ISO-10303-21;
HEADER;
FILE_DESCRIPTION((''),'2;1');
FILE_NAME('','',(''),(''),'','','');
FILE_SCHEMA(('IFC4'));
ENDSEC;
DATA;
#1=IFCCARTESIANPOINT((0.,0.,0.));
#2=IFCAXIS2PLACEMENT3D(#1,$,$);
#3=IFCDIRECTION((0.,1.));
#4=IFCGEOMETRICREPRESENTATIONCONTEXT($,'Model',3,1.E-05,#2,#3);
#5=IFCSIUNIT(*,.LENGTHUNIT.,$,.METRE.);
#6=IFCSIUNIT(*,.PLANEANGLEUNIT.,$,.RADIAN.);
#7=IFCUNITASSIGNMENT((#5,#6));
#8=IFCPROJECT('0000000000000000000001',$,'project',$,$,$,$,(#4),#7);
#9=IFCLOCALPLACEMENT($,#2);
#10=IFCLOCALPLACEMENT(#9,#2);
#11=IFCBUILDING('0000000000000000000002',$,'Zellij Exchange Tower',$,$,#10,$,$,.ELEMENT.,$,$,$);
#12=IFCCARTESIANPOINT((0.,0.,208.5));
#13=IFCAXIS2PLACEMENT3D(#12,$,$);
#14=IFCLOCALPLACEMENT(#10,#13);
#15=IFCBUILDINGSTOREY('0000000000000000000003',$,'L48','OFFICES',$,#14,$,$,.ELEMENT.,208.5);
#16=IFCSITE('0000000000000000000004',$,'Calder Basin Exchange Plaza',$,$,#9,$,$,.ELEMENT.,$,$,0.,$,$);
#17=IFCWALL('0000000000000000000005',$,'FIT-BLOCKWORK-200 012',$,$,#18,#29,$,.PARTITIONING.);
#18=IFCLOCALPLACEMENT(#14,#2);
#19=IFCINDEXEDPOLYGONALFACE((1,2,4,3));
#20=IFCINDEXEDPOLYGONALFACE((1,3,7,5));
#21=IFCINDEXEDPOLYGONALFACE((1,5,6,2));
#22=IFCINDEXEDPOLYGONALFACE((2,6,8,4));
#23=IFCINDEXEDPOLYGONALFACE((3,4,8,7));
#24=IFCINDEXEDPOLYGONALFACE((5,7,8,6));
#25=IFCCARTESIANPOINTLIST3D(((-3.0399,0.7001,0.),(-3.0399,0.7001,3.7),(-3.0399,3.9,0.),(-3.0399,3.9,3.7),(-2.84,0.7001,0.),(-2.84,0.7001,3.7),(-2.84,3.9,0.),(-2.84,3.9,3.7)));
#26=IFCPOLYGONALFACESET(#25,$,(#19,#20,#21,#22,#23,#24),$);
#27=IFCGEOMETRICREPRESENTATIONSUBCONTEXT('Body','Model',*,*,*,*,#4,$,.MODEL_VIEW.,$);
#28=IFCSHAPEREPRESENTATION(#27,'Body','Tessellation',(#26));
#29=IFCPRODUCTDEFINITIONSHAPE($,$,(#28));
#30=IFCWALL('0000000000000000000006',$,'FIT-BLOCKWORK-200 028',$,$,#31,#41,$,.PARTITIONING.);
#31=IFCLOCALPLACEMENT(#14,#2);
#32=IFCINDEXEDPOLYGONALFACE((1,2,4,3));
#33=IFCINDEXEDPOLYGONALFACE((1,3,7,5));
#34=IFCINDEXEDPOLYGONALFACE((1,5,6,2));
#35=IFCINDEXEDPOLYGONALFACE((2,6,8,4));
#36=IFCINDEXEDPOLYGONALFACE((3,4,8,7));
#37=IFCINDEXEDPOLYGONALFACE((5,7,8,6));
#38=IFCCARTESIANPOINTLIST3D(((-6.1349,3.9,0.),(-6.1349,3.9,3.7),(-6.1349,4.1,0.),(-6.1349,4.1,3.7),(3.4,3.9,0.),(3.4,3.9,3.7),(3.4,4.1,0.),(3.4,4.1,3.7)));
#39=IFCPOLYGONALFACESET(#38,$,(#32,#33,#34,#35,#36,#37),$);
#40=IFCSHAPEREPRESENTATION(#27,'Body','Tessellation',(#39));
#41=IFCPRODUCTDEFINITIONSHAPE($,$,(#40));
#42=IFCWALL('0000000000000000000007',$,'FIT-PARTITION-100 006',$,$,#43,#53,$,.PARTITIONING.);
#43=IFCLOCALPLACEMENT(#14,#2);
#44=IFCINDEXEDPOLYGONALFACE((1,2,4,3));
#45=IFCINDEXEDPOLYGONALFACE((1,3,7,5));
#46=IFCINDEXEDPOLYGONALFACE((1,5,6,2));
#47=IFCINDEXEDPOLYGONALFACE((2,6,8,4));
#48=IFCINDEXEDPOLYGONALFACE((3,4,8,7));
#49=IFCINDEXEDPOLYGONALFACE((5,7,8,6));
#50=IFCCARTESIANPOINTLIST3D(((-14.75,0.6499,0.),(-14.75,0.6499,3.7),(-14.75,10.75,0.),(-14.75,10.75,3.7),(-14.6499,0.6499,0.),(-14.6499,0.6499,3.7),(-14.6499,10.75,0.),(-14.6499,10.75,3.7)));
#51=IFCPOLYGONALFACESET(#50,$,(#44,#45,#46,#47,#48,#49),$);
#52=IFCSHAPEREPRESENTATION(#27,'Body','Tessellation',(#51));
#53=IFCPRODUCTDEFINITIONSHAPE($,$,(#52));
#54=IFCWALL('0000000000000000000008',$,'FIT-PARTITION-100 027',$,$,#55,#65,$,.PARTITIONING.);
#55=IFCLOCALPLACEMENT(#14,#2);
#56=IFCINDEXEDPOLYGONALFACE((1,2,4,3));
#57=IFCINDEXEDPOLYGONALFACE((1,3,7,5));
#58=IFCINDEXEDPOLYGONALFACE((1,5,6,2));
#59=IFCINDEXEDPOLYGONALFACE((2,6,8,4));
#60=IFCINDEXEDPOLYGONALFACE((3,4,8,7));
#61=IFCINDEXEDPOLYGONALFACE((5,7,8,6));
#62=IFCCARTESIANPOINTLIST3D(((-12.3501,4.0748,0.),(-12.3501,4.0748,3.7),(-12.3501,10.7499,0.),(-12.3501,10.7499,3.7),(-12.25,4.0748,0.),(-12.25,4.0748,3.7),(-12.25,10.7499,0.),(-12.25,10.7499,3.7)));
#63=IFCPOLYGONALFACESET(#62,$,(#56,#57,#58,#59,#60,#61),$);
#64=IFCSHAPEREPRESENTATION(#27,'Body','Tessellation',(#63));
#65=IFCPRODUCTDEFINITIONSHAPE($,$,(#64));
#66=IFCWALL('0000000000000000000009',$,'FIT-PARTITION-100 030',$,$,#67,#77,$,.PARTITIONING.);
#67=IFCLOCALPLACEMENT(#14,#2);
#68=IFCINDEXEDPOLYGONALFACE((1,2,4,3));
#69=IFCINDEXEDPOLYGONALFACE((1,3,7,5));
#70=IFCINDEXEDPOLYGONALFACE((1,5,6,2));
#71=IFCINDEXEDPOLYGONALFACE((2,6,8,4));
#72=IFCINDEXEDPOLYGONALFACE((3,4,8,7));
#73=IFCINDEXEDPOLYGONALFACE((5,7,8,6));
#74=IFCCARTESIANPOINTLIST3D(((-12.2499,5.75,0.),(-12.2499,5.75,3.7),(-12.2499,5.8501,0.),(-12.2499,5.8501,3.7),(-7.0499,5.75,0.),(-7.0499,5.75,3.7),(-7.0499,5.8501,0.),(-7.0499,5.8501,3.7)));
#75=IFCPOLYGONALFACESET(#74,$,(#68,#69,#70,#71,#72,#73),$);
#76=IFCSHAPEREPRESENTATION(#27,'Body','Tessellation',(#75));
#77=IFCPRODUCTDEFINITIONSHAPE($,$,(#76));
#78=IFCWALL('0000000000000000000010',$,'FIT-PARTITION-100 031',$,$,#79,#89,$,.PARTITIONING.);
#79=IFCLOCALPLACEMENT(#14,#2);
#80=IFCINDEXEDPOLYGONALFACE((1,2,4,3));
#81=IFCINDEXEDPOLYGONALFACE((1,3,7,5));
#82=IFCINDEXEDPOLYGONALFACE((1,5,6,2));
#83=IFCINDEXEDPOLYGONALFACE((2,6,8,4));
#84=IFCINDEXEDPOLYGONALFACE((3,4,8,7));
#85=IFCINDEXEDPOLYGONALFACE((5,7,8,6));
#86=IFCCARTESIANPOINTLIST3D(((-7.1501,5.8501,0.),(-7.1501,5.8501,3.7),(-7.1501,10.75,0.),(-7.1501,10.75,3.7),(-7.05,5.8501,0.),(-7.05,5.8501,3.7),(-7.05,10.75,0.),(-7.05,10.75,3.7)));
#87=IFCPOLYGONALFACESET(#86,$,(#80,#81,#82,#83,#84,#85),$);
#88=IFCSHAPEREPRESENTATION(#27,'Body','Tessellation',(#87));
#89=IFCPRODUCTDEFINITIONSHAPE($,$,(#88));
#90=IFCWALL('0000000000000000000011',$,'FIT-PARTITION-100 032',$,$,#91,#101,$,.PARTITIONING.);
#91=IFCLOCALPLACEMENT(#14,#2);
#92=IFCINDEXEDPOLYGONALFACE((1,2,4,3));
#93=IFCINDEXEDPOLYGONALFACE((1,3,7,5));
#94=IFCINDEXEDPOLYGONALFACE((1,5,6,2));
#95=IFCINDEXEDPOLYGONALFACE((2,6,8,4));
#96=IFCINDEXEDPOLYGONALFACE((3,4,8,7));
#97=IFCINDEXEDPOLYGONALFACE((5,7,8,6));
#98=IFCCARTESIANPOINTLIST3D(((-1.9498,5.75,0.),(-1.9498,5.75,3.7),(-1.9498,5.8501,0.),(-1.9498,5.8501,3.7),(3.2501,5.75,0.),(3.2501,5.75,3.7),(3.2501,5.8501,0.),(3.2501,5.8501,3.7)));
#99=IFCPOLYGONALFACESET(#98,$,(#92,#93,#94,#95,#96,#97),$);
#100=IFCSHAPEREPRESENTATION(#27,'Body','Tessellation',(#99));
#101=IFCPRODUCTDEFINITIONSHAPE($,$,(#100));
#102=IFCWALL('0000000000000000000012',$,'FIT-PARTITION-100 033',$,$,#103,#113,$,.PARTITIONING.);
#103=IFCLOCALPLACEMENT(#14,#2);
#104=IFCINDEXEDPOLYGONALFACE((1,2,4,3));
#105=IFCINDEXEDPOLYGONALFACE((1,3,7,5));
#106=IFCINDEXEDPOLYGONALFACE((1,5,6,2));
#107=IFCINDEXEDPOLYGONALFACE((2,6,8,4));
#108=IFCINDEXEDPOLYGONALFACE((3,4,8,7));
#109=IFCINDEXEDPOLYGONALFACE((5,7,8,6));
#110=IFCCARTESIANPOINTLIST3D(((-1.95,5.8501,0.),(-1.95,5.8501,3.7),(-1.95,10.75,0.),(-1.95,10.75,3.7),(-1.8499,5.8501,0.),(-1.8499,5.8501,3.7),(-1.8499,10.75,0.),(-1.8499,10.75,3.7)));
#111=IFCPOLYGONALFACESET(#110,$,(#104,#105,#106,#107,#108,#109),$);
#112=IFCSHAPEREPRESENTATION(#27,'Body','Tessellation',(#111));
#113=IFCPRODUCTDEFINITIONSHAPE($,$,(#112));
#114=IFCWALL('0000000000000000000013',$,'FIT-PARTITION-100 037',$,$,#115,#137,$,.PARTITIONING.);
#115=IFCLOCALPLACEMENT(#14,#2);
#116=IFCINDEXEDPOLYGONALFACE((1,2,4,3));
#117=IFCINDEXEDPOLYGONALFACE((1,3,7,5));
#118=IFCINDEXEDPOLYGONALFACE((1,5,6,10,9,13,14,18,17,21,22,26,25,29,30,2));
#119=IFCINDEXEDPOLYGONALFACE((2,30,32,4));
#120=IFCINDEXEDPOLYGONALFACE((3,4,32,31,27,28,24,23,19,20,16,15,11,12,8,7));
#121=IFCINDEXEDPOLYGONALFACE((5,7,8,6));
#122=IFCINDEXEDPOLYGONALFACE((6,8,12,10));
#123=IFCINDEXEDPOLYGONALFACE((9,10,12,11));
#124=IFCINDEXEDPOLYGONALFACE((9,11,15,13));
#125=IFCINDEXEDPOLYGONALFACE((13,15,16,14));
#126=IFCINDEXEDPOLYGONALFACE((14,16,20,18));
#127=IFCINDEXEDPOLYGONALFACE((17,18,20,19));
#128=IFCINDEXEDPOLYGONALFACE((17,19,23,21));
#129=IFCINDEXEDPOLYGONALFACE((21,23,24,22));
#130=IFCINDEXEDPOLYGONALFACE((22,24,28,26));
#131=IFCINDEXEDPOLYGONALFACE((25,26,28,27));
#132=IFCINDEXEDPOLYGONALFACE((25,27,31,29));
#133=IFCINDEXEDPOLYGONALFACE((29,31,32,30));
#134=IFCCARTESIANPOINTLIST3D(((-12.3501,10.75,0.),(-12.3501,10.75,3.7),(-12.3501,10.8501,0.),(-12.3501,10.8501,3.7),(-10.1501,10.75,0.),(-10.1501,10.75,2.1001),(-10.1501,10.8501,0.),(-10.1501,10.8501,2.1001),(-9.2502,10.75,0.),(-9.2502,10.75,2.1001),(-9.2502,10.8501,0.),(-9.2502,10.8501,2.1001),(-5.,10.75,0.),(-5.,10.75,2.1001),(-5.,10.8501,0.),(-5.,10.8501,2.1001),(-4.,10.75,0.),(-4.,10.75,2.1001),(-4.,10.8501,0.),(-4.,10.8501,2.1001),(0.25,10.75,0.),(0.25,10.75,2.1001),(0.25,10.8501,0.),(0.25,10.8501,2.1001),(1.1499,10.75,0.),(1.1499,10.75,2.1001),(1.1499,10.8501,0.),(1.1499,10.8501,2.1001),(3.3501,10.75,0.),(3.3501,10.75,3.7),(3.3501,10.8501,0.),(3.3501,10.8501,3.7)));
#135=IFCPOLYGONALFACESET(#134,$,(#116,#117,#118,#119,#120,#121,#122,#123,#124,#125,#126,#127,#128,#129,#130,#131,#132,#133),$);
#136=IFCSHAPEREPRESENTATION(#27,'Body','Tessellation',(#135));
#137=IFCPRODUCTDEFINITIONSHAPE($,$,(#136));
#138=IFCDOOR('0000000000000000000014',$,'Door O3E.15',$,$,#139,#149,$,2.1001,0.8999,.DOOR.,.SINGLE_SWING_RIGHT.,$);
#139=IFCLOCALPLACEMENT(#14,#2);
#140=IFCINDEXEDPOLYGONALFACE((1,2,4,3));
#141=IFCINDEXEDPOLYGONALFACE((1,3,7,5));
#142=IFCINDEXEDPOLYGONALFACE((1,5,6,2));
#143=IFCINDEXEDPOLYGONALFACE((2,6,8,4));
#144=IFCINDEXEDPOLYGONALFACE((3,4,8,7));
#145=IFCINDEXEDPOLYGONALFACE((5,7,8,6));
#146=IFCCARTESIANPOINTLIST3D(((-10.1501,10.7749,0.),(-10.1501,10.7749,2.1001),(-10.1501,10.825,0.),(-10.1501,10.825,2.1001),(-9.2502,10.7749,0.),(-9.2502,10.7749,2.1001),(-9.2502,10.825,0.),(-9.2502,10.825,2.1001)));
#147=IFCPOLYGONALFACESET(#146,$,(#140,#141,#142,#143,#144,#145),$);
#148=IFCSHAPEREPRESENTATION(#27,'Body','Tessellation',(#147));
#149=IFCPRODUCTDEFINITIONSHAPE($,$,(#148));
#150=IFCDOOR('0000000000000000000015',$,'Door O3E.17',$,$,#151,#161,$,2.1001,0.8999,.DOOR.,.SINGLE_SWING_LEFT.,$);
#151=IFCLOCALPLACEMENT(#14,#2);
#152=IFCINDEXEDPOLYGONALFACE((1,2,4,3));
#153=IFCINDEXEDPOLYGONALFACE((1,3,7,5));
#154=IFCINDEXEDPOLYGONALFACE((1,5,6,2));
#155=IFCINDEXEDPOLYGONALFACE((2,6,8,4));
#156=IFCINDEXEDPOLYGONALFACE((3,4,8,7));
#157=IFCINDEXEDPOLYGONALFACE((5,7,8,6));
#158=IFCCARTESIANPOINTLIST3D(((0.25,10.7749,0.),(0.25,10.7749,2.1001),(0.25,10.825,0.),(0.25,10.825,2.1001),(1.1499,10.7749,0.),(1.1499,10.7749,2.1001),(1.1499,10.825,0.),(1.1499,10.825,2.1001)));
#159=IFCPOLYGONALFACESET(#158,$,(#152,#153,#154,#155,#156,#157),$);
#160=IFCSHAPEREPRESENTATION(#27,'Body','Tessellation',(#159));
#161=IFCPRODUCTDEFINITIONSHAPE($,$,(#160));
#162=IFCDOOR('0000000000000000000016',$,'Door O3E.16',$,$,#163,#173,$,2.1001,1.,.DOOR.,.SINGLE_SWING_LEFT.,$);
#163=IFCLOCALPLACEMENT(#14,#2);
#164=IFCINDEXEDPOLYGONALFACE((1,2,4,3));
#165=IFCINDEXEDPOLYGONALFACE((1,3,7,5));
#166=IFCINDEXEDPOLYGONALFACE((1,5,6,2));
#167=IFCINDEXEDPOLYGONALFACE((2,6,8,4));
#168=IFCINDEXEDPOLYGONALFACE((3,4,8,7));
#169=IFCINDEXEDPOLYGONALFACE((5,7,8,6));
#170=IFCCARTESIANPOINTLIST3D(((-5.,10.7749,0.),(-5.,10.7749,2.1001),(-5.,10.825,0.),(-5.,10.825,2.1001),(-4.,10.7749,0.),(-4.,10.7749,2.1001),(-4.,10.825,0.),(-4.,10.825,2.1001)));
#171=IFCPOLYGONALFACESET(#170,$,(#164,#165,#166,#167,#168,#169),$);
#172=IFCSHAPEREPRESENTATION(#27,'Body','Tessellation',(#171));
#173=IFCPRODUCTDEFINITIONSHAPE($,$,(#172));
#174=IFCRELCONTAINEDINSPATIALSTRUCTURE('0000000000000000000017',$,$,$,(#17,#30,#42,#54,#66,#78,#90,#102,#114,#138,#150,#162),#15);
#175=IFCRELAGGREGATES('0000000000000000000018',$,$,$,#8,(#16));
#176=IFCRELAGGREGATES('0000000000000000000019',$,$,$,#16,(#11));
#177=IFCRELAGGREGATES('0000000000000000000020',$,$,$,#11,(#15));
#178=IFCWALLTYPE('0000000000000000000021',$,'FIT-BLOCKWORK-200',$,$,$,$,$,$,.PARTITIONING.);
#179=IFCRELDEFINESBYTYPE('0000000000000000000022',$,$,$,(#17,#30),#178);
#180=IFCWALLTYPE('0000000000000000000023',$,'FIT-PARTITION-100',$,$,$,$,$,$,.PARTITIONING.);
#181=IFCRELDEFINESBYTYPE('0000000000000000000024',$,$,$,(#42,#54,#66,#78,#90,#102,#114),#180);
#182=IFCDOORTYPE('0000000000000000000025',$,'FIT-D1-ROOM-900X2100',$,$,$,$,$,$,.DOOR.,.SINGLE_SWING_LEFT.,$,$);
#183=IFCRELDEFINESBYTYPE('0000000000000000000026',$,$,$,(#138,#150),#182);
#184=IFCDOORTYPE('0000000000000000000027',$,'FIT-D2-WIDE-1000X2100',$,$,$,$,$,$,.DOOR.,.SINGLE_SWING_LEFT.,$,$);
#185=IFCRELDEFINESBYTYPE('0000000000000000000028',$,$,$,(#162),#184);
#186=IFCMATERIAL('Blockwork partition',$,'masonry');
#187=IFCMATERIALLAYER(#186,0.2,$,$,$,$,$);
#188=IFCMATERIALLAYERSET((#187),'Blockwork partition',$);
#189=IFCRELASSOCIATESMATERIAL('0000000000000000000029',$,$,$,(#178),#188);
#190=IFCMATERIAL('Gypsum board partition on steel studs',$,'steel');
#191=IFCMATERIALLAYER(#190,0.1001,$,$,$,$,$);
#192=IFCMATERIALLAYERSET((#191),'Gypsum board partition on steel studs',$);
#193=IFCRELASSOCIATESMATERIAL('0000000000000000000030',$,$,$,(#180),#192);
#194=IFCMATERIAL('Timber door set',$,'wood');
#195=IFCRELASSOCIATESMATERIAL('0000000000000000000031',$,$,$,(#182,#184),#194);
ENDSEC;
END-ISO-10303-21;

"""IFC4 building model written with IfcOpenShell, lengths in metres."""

from ifc_helpers import new_model, si_unit, direction, frame, frame_2d, origin, place, context, subcontext, project, spatial, rectangle, extrude, material, layer, layer_set, type_object, element, fill, save


model = new_model("IFC4")

# Units and contexts
model_context = context("Model", 3, precision=1e-05, world=origin(), true_north=direction((0.0, 1.0)))
body_context = subcontext(model_context, "Body", "Model", "MODEL_VIEW")
ifc_project = project(units=[si_unit("LENGTHUNIT", "METRE"), si_unit("PLANEANGLEUNIT", "RADIAN")], contexts=[model_context])

# Site, building, storey
site_placement = place(None, origin())
site = spatial("IfcSite", under=ifc_project, at=site_placement, Name="Calder Basin Exchange Plaza", CompositionType="ELEMENT", RefElevation=0.0)
building_placement = place(site_placement, origin())
building = spatial("IfcBuilding", under=site, at=building_placement, Name="Zellij Exchange Tower", CompositionType="ELEMENT")
storey_placement = place(building_placement, frame((0.0, 0.0, 208.5)))
storey = spatial("IfcBuildingStorey", under=building, at=storey_placement, Name="L48", Description="OFFICES", CompositionType="ELEMENT", Elevation=208.5)

# Shared definitions
ifc_material_1 = material(Name="Blockwork partition", Category="masonry")
ifc_layer_1 = layer(ifc_material_1, 0.2)
ifc_layer_set_1 = layer_set([ifc_layer_1], Name="Blockwork partition")
wall_type_1 = type_object("IfcWallType", Name="FIT-BLOCKWORK-200", PredefinedType="PARTITIONING", material=ifc_layer_set_1)
ifc_material_2 = material(Name="Timber door set", Category="wood")

# Walls
wall_1_placement = place(storey_placement, frame((-2.9399, 0.7, 0.0), z_axis=(0.0, 0.0, 1.0), x_axis=(0.0, 1.0, 0.0)))
element("IfcWall", 1, at=wall_1_placement, inside=storey, type_object=wall_type_1, Name="FIT-BLOCKWORK-200 012", PredefinedType="PARTITIONING", context=body_context, shape_type="SweptSolid", body=[
    extrude(rectangle(XDim=3.2, YDim=0.2, at=frame_2d((1.6001, 0.0))), origin(), (0.0, 0.0, 1.0), 3.7),
])
wall_2_placement = place(storey_placement, frame((-6.135, 4.0, 0.0), z_axis=(0.0, 0.0, 1.0), x_axis=(1.0, 0.0, 0.0)))
element("IfcWall", 2, at=wall_2_placement, inside=storey, type_object=wall_type_1, Name="FIT-BLOCKWORK-200 028", PredefinedType="PARTITIONING", context=body_context, shape_type="SweptSolid", body=[
    extrude(rectangle(XDim=9.5349, YDim=0.2, at=frame_2d((4.7676, 0.0))), origin(), (0.0, 0.0, 1.0), 3.7),
])
ifc_material_3 = material(Name="Gypsum board partition on steel studs", Category="steel")
ifc_layer_2 = layer(ifc_material_3, 0.1001)
ifc_layer_set_2 = layer_set([ifc_layer_2], Name="Gypsum board partition on steel studs")
wall_type_2 = type_object("IfcWallType", Name="FIT-PARTITION-100", PredefinedType="PARTITIONING", material=ifc_layer_set_2)
wall_3_placement = place(storey_placement, frame((-14.7, 0.6499, 0.0), z_axis=(0.0, 0.0, 1.0), x_axis=(0.0, 1.0, 0.0)))
element("IfcWall", 3, at=wall_3_placement, inside=storey, type_object=wall_type_2, Name="FIT-PARTITION-100 006", PredefinedType="PARTITIONING", context=body_context, shape_type="SweptSolid", body=[
    extrude(rectangle(XDim=10.1001, YDim=0.1001, at=frame_2d((5.05, 0.0))), origin(), (0.0, 0.0, 1.0), 3.7),
])
wall_4_placement = place(storey_placement, frame((-12.3, 4.075, 0.0), z_axis=(0.0, 0.0, 1.0), x_axis=(0.0, 1.0, 0.0)))
element("IfcWall", 4, at=wall_4_placement, inside=storey, type_object=wall_type_2, Name="FIT-PARTITION-100 027", PredefinedType="PARTITIONING", context=body_context, shape_type="SweptSolid", body=[
    extrude(rectangle(XDim=6.675, YDim=0.1001, at=frame_2d((3.3374, 0.0))), origin(), (0.0, 0.0, 1.0), 3.7),
])
wall_5_placement = place(storey_placement, frame((-12.25, 5.8, 0.0), z_axis=(0.0, 0.0, 1.0), x_axis=(1.0, 0.0, 0.0)))
element("IfcWall", 5, at=wall_5_placement, inside=storey, type_object=wall_type_2, Name="FIT-PARTITION-100 030", PredefinedType="PARTITIONING", context=body_context, shape_type="SweptSolid", body=[
    extrude(rectangle(XDim=5.2, YDim=0.1001, at=frame_2d((2.6001, 0.0))), origin(), (0.0, 0.0, 1.0), 3.7),
])
wall_6_placement = place(storey_placement, frame((-7.1001, 5.8501, 0.0), z_axis=(0.0, 0.0, 1.0), x_axis=(0.0, 1.0, 0.0)))
element("IfcWall", 6, at=wall_6_placement, inside=storey, type_object=wall_type_2, Name="FIT-PARTITION-100 031", PredefinedType="PARTITIONING", context=body_context, shape_type="SweptSolid", body=[
    extrude(rectangle(XDim=4.8999, YDim=0.1001, at=frame_2d((2.45, 0.0))), origin(), (0.0, 0.0, 1.0), 3.7),
])
wall_7_placement = place(storey_placement, frame((-1.95, 5.8, 0.0), z_axis=(0.0, 0.0, 1.0), x_axis=(1.0, 0.0, 0.0)))
element("IfcWall", 7, at=wall_7_placement, inside=storey, type_object=wall_type_2, Name="FIT-PARTITION-100 032", PredefinedType="PARTITIONING", context=body_context, shape_type="SweptSolid", body=[
    extrude(rectangle(XDim=5.2, YDim=0.1001, at=frame_2d((2.6001, 0.0))), origin(), (0.0, 0.0, 1.0), 3.7),
])
wall_8_placement = place(storey_placement, frame((-1.8999, 5.8501, 0.0), z_axis=(0.0, 0.0, 1.0), x_axis=(0.0, 1.0, 0.0)))
element("IfcWall", 8, at=wall_8_placement, inside=storey, type_object=wall_type_2, Name="FIT-PARTITION-100 033", PredefinedType="PARTITIONING", context=body_context, shape_type="SweptSolid", body=[
    extrude(rectangle(XDim=4.8999, YDim=0.1001, at=frame_2d((2.45, 0.0))), origin(), (0.0, 0.0, 1.0), 3.7),
])

# Wall, openings, doors
wall_9_placement = place(storey_placement, frame((-12.3501, 10.8, 0.0), z_axis=(0.0, 0.0, 1.0), x_axis=(1.0, 0.0, 0.0)))
wall_9 = element("IfcWall", 9, at=wall_9_placement, inside=storey, type_object=wall_type_2, Name="FIT-PARTITION-100 037", PredefinedType="PARTITIONING", context=body_context, shape_type="SweptSolid", body=[
    extrude(rectangle(XDim=15.7002, YDim=0.1001, at=frame_2d((7.8501, 0.0))), origin(), (0.0, 0.0, 1.0), 3.7),
])
opening_1_placement = place(wall_9_placement, frame((2.2, 0.0, 0.0)))
opening_1 = element("IfcOpeningElement", 10, at=opening_1_placement, cuts=wall_9, PredefinedType="OPENING", context=body_context, shape_type="SweptSolid", body=[
    extrude(rectangle(XDim=0.8999, YDim=2.1001, at=frame_2d((0.45, 1.05))), frame((0.0, 0.062, 0.0), z_axis=(0.0, -1.0, 0.0), x_axis=(1.0, 0.0, 0.0)), (0.0, 0.0, 1.0), 0.124),
])
opening_2_placement = place(wall_9_placement, frame((7.3501, 0.0, 0.0)))
opening_2 = element("IfcOpeningElement", 11, at=opening_2_placement, cuts=wall_9, PredefinedType="OPENING", context=body_context, shape_type="SweptSolid", body=[
    extrude(rectangle(XDim=1.0, YDim=2.1001, at=frame_2d((0.5, 1.05))), frame((0.0, 0.062, 0.0), z_axis=(0.0, -1.0, 0.0), x_axis=(1.0, 0.0, 0.0)), (0.0, 0.0, 1.0), 0.124),
])
opening_3_placement = place(wall_9_placement, frame((12.6001, 0.0, 0.0)))
opening_3 = element("IfcOpeningElement", 12, at=opening_3_placement, cuts=wall_9, PredefinedType="OPENING", context=body_context, shape_type="SweptSolid", body=[
    extrude(rectangle(XDim=0.8999, YDim=2.1001, at=frame_2d((0.45, 1.05))), frame((0.0, 0.062, 0.0), z_axis=(0.0, -1.0, 0.0), x_axis=(1.0, 0.0, 0.0)), (0.0, 0.0, 1.0), 0.124),
])
door_type_1 = type_object("IfcDoorType", Name="FIT-D1-ROOM-900X2100", OperationType="SINGLE_SWING_LEFT", PredefinedType="DOOR", material=ifc_material_2)
door_1_placement = place(opening_1_placement, origin())
door_1 = element("IfcDoor", 13, at=door_1_placement, inside=storey, type_object=door_type_1, Name="Door O3E.15", OperationType="SINGLE_SWING_RIGHT", OverallHeight=2.1001, OverallWidth=0.8999, PredefinedType="DOOR", context=body_context, shape_type="SweptSolid", body=[
    extrude(rectangle(XDim=0.8999, YDim=2.1001, at=frame_2d((0.45, 1.05))), frame((0.0, 0.0249, 0.0), z_axis=(0.0, -1.0, 0.0), x_axis=(1.0, 0.0, 0.0)), (0.0, 0.0, 1.0), 0.05),
])
fill(opening_1, door_1)
door_2_placement = place(opening_3_placement, origin())
door_2 = element("IfcDoor", 14, at=door_2_placement, inside=storey, type_object=door_type_1, Name="Door O3E.17", OperationType="SINGLE_SWING_LEFT", OverallHeight=2.1001, OverallWidth=0.8999, PredefinedType="DOOR", context=body_context, shape_type="SweptSolid", body=[
    extrude(rectangle(XDim=0.8999, YDim=2.1001, at=frame_2d((0.45, 1.05))), frame((0.0, 0.0249, 0.0), z_axis=(0.0, -1.0, 0.0), x_axis=(1.0, 0.0, 0.0)), (0.0, 0.0, 1.0), 0.05),
])
fill(opening_3, door_2)
door_type_2 = type_object("IfcDoorType", Name="FIT-D2-WIDE-1000X2100", OperationType="SINGLE_SWING_LEFT", PredefinedType="DOOR", material=ifc_material_2)
door_3_placement = place(opening_2_placement, origin())
door_3 = element("IfcDoor", 15, at=door_3_placement, inside=storey, type_object=door_type_2, Name="Door O3E.16", OperationType="SINGLE_SWING_LEFT", OverallHeight=2.1001, OverallWidth=1.0, PredefinedType="DOOR", context=body_context, shape_type="SweptSolid", body=[
    extrude(rectangle(XDim=1.0, YDim=2.1001, at=frame_2d((0.5, 1.05))), frame((0.0, 0.0249, 0.0), z_axis=(0.0, -1.0, 0.0), x_axis=(1.0, 0.0, 0.0)), (0.0, 0.0, 1.0), 0.05),
])
fill(opening_2, door_3)

save(model, "model.ifc")
